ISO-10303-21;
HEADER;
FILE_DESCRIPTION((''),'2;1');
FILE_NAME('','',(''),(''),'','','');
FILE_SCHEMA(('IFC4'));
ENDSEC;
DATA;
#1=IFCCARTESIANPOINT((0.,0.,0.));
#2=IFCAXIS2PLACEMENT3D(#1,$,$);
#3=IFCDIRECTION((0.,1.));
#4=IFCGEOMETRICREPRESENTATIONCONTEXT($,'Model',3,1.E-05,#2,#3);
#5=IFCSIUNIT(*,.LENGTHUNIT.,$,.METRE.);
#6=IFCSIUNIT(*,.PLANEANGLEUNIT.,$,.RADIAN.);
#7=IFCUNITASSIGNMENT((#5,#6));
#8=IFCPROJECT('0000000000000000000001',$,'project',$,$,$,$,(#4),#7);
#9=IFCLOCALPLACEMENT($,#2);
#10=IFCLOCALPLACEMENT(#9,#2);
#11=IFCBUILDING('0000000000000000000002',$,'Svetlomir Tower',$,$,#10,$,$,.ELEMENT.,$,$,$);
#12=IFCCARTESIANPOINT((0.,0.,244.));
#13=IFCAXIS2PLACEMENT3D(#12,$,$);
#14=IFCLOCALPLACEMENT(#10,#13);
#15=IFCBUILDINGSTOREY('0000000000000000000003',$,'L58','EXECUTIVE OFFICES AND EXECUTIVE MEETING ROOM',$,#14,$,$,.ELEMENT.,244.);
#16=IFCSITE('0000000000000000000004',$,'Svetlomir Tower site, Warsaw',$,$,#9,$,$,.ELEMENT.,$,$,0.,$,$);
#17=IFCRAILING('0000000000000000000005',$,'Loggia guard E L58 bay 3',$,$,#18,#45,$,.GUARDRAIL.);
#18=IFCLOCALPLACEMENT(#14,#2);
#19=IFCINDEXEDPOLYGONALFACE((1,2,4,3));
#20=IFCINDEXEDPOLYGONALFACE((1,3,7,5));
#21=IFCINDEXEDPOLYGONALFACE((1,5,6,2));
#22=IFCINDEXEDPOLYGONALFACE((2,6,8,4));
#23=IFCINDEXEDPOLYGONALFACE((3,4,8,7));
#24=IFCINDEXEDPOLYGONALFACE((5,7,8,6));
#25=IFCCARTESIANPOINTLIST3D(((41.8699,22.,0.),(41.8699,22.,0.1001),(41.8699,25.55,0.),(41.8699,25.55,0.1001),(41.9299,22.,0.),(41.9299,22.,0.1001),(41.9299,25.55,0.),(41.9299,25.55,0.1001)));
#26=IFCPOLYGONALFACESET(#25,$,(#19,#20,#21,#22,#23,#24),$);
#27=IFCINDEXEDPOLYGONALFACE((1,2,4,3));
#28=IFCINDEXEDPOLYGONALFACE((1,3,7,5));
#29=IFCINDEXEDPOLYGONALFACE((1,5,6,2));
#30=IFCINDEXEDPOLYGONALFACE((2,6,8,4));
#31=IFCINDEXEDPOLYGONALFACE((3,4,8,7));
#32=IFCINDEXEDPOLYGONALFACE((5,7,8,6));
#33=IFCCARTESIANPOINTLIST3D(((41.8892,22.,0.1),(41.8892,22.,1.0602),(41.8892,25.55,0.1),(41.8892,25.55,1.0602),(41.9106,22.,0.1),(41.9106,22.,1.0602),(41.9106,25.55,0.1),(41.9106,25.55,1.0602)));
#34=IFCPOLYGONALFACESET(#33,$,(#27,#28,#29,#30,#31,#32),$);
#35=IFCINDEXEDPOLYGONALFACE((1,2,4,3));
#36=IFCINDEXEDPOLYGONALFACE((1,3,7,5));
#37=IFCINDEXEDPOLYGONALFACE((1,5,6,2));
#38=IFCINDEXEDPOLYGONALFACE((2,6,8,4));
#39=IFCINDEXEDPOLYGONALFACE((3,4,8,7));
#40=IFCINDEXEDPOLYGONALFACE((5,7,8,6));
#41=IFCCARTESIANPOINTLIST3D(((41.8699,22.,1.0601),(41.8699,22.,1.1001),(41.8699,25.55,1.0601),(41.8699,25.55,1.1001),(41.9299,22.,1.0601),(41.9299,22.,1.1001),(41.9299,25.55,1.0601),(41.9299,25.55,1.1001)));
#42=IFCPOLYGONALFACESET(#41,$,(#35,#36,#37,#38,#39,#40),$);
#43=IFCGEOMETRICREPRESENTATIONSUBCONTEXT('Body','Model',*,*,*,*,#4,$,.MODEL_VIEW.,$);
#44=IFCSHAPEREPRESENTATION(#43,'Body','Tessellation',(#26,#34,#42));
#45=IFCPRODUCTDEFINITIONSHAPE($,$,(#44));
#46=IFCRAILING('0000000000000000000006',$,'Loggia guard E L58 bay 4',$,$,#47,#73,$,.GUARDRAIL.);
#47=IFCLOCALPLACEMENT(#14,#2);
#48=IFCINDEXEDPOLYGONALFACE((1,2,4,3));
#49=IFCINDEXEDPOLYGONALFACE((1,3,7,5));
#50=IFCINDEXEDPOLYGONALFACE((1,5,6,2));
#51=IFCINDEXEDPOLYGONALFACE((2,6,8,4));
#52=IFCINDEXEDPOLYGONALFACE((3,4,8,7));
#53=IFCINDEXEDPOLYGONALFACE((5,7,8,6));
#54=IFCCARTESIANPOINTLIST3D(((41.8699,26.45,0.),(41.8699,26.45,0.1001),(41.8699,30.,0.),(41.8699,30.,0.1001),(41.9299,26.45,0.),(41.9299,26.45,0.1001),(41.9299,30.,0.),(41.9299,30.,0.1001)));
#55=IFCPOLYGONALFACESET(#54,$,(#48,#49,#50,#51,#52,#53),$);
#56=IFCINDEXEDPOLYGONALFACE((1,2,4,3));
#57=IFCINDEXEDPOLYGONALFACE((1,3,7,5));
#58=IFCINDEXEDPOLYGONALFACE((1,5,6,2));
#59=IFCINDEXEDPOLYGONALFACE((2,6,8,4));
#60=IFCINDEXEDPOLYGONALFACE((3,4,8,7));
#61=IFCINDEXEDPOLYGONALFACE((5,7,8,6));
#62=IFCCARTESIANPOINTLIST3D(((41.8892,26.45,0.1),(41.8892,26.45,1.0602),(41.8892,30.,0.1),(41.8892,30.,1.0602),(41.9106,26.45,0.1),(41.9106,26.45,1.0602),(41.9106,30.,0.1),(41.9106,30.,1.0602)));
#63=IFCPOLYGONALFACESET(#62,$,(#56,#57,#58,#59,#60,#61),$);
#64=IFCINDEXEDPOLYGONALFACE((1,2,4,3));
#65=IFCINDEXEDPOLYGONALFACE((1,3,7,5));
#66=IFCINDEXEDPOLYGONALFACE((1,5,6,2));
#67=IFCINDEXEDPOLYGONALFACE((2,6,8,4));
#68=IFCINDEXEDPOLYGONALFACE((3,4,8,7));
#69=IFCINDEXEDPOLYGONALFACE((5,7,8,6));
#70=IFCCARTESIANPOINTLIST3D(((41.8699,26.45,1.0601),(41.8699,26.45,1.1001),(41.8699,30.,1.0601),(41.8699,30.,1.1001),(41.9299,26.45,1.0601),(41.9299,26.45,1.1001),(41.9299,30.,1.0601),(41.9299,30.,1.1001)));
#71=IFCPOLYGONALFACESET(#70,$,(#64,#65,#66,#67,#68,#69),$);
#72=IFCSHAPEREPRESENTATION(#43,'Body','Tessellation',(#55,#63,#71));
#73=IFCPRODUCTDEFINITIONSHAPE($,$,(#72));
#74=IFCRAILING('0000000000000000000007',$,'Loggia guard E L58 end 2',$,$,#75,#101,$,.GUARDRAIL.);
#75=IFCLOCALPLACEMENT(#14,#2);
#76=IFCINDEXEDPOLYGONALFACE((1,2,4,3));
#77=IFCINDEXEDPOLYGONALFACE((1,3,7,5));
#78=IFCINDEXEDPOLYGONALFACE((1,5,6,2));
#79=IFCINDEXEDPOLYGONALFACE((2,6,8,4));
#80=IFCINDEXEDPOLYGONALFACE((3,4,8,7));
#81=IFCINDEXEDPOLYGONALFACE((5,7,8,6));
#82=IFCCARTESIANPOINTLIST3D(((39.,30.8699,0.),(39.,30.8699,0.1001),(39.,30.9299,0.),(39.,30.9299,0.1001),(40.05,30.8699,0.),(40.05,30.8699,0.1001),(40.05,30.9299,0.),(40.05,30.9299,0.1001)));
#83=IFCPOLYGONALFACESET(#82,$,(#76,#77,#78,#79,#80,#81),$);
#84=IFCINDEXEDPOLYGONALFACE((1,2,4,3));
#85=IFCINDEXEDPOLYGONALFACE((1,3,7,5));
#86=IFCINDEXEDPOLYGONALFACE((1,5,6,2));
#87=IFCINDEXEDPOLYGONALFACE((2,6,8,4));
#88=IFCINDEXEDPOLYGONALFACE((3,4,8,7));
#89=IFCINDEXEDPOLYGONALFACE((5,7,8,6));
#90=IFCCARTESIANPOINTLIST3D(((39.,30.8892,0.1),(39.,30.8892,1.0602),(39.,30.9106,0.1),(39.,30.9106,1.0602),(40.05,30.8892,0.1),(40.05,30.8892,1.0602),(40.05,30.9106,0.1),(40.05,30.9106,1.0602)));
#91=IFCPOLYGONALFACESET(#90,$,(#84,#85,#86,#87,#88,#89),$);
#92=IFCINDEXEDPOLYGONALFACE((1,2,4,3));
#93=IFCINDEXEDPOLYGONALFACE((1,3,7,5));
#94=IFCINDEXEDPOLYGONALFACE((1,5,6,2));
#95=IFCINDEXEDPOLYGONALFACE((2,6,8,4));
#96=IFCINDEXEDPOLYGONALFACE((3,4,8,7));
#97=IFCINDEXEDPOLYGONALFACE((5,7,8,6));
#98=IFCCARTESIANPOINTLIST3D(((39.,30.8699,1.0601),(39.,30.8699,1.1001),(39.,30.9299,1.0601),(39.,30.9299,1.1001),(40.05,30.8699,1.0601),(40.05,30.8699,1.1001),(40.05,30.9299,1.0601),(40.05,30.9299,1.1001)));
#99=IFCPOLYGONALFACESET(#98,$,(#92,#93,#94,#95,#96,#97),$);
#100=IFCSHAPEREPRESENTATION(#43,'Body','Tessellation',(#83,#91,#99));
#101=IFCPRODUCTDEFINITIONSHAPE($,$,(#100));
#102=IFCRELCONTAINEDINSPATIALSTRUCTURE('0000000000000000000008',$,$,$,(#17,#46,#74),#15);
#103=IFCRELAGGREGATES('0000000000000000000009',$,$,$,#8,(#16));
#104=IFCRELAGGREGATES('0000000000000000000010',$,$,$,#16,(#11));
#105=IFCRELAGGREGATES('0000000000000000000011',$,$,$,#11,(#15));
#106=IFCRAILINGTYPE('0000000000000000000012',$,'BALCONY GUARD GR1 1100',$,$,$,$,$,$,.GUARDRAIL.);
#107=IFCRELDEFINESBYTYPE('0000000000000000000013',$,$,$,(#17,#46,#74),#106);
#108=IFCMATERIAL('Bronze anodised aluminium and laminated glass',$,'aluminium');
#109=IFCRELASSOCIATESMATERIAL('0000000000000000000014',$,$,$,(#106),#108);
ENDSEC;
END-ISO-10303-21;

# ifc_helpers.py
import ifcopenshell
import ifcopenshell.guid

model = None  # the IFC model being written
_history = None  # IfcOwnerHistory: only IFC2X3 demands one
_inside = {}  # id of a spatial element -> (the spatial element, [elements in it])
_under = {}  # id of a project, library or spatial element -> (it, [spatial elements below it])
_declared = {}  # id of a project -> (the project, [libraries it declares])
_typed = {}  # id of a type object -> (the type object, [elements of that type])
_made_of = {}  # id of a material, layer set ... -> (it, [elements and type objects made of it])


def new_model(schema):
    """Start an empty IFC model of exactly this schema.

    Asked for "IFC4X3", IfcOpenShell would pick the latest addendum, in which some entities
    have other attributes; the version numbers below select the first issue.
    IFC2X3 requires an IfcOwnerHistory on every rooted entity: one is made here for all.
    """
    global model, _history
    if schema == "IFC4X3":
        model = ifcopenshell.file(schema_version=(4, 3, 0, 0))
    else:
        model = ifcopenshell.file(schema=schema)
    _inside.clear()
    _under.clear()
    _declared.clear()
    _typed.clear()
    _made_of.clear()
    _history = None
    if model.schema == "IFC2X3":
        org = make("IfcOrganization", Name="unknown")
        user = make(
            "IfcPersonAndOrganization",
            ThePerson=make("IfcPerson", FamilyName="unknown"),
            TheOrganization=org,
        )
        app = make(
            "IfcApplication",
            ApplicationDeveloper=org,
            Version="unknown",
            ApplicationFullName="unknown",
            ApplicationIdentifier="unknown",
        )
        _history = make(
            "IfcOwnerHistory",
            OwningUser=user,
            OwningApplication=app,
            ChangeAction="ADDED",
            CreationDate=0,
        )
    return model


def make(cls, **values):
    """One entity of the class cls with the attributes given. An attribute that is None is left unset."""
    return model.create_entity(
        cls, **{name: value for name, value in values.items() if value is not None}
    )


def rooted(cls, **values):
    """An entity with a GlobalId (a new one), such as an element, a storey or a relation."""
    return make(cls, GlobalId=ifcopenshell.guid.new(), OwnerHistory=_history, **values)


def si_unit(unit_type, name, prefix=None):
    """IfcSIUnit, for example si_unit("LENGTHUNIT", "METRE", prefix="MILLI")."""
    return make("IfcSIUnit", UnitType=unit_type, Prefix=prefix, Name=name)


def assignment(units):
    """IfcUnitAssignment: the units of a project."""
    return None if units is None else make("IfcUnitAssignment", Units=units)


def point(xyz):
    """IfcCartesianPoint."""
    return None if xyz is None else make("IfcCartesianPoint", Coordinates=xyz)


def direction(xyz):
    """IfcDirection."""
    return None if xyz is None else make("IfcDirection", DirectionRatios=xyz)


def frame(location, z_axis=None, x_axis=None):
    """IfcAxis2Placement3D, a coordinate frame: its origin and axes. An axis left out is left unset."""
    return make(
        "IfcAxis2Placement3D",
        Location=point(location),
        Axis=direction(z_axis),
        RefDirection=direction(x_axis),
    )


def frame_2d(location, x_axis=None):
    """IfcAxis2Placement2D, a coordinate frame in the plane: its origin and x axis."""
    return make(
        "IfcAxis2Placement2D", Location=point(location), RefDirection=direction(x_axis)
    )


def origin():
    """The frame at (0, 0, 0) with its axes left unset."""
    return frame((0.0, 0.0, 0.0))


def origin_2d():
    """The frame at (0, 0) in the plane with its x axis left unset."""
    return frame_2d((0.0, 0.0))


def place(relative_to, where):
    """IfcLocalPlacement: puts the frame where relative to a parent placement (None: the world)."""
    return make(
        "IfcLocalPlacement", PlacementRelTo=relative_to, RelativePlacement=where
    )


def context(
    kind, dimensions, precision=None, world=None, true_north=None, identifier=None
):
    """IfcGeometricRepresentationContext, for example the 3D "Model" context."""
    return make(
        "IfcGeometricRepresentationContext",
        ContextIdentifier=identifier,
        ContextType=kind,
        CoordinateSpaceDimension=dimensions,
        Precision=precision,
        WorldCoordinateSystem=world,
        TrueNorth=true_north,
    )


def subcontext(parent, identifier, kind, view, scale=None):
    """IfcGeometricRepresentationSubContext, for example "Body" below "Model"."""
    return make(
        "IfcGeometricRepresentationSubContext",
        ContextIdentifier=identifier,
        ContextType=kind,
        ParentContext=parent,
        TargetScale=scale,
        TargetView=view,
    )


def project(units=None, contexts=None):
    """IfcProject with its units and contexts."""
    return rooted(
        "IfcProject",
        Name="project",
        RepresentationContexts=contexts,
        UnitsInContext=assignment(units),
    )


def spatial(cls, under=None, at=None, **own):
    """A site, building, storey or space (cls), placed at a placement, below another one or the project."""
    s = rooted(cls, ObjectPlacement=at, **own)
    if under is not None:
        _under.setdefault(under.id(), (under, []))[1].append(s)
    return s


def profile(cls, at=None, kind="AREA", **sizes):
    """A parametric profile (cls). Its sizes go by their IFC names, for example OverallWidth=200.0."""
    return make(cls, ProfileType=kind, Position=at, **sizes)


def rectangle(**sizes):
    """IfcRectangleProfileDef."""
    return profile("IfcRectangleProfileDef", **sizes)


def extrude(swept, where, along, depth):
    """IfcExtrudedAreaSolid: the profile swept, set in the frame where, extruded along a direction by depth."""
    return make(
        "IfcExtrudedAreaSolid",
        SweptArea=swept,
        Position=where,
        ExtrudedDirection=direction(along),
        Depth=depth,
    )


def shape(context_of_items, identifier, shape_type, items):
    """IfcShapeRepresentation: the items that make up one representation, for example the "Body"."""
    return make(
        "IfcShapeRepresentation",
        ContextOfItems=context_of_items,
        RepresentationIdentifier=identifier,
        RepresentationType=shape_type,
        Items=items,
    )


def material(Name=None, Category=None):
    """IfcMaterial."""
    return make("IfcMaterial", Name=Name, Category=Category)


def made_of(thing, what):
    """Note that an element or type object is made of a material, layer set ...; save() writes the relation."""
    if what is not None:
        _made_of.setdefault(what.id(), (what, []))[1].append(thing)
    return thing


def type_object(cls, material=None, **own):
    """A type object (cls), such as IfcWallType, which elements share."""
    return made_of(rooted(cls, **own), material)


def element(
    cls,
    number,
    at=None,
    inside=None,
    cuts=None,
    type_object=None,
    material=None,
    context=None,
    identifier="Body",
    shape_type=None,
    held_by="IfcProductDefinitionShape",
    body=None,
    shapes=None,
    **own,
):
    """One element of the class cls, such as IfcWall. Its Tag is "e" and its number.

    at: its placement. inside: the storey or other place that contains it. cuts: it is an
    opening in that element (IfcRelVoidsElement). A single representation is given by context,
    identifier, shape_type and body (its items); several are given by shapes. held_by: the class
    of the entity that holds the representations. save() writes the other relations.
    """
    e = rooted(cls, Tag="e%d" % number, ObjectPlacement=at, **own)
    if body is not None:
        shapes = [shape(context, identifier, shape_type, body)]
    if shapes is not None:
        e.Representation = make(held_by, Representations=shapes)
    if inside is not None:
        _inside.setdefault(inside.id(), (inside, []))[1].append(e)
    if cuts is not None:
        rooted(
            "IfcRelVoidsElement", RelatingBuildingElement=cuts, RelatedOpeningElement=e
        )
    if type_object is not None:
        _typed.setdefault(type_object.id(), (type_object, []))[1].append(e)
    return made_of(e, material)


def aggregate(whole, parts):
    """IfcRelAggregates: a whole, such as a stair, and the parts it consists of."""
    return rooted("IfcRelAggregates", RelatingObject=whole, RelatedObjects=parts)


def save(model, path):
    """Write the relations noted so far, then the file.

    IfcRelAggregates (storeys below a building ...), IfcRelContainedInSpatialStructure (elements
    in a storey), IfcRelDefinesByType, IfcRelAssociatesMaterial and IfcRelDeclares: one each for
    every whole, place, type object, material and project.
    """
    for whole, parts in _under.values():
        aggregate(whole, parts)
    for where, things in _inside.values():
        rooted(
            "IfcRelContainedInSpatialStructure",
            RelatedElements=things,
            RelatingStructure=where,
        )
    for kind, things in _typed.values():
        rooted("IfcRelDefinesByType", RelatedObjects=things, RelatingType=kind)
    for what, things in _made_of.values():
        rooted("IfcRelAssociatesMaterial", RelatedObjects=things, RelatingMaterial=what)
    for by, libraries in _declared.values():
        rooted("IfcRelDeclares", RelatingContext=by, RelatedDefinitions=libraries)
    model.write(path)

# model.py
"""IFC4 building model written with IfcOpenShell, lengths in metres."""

from ifc_helpers import new_model, si_unit, direction, frame, origin, origin_2d, place, context, subcontext, project, spatial, rectangle, extrude, material, type_object, element, save


model = new_model("IFC4")

# Units and contexts
model_context = context("Model", 3, precision=1e-05, world=origin(), true_north=direction((0.0, 1.0)))
body_context = subcontext(model_context, "Body", "Model", "MODEL_VIEW")
ifc_project = project(units=[si_unit("LENGTHUNIT", "METRE"), si_unit("PLANEANGLEUNIT", "RADIAN")], contexts=[model_context])

# Site, building, storey
site_placement = place(None, origin())
site = spatial("IfcSite", under=ifc_project, at=site_placement, Name="Svetlomir Tower site, Warsaw", CompositionType="ELEMENT", RefElevation=0.0)
building_placement = place(site_placement, origin())
building = spatial("IfcBuilding", under=site, at=building_placement, Name="Svetlomir Tower", CompositionType="ELEMENT")
storey_placement = place(building_placement, frame((0.0, 0.0, 244.0)))
storey = spatial("IfcBuildingStorey", under=building, at=storey_placement, Name="L58", Description="EXECUTIVE OFFICES AND EXECUTIVE MEETING ROOM", CompositionType="ELEMENT", Elevation=244.0)

# Railings
ifc_material_1 = material(Name="Bronze anodised aluminium and laminated glass", Category="aluminium")
railing_type = type_object("IfcRailingType", Name="BALCONY GUARD GR1 1100", PredefinedType="GUARDRAIL", material=ifc_material_1)
for number, where, name in (
    (1, (41.8999, 22.0, 0.0), "Loggia guard E L58 bay 3"),
    (2, (41.8999, 26.45, 0.0), "Loggia guard E L58 bay 4"),
):
    element("IfcRailing", number, at=place(storey_placement, frame(where)), inside=storey, type_object=railing_type, Name=name, PredefinedType="GUARDRAIL", context=body_context, shape_type="SweptSolid", body=[
        extrude(rectangle(XDim=0.0601, YDim=0.1001, at=origin_2d()), frame((0.0, 0.0, 0.05), z_axis=(0.0, 1.0, 0.0), x_axis=(-1.0, 0.0, 0.0)), (0.0, 0.0, 1.0), 3.55),
        extrude(rectangle(XDim=0.0215, YDim=0.9602, at=origin_2d()), frame((0.0, 0.0, 0.5801), z_axis=(0.0, 1.0, 0.0), x_axis=(-1.0, 0.0, 0.0)), (0.0, 0.0, 1.0), 3.55),
        extrude(rectangle(XDim=0.0601, YDim=0.04, at=origin_2d()), frame((0.0, 0.0, 1.0801), z_axis=(0.0, 1.0, 0.0), x_axis=(-1.0, 0.0, 0.0)), (0.0, 0.0, 1.0), 3.55),
    ])
railing_placement = place(storey_placement, frame((40.05, 30.8999, 0.0)))
element("IfcRailing", 3, at=railing_placement, inside=storey, type_object=railing_type, Name="Loggia guard E L58 end 2", PredefinedType="GUARDRAIL", context=body_context, shape_type="SweptSolid", body=[
    extrude(rectangle(XDim=0.0601, YDim=0.1001, at=origin_2d()), frame((0.0, 0.0, 0.05), z_axis=(-1.0, 0.0, 0.0), x_axis=(0.0, -1.0, 0.0)), (0.0, 0.0, 1.0), 1.05),
    extrude(rectangle(XDim=0.0215, YDim=0.9602, at=origin_2d()), frame((0.0, 0.0, 0.5801), z_axis=(-1.0, 0.0, 0.0), x_axis=(0.0, -1.0, 0.0)), (0.0, 0.0, 1.0), 1.05),
    extrude(rectangle(XDim=0.0601, YDim=0.04, at=origin_2d()), frame((0.0, 0.0, 1.0801), z_axis=(-1.0, 0.0, 0.0), x_axis=(0.0, -1.0, 0.0)), (0.0, 0.0, 1.0), 1.05),
])

save(model, "model.ifc")
